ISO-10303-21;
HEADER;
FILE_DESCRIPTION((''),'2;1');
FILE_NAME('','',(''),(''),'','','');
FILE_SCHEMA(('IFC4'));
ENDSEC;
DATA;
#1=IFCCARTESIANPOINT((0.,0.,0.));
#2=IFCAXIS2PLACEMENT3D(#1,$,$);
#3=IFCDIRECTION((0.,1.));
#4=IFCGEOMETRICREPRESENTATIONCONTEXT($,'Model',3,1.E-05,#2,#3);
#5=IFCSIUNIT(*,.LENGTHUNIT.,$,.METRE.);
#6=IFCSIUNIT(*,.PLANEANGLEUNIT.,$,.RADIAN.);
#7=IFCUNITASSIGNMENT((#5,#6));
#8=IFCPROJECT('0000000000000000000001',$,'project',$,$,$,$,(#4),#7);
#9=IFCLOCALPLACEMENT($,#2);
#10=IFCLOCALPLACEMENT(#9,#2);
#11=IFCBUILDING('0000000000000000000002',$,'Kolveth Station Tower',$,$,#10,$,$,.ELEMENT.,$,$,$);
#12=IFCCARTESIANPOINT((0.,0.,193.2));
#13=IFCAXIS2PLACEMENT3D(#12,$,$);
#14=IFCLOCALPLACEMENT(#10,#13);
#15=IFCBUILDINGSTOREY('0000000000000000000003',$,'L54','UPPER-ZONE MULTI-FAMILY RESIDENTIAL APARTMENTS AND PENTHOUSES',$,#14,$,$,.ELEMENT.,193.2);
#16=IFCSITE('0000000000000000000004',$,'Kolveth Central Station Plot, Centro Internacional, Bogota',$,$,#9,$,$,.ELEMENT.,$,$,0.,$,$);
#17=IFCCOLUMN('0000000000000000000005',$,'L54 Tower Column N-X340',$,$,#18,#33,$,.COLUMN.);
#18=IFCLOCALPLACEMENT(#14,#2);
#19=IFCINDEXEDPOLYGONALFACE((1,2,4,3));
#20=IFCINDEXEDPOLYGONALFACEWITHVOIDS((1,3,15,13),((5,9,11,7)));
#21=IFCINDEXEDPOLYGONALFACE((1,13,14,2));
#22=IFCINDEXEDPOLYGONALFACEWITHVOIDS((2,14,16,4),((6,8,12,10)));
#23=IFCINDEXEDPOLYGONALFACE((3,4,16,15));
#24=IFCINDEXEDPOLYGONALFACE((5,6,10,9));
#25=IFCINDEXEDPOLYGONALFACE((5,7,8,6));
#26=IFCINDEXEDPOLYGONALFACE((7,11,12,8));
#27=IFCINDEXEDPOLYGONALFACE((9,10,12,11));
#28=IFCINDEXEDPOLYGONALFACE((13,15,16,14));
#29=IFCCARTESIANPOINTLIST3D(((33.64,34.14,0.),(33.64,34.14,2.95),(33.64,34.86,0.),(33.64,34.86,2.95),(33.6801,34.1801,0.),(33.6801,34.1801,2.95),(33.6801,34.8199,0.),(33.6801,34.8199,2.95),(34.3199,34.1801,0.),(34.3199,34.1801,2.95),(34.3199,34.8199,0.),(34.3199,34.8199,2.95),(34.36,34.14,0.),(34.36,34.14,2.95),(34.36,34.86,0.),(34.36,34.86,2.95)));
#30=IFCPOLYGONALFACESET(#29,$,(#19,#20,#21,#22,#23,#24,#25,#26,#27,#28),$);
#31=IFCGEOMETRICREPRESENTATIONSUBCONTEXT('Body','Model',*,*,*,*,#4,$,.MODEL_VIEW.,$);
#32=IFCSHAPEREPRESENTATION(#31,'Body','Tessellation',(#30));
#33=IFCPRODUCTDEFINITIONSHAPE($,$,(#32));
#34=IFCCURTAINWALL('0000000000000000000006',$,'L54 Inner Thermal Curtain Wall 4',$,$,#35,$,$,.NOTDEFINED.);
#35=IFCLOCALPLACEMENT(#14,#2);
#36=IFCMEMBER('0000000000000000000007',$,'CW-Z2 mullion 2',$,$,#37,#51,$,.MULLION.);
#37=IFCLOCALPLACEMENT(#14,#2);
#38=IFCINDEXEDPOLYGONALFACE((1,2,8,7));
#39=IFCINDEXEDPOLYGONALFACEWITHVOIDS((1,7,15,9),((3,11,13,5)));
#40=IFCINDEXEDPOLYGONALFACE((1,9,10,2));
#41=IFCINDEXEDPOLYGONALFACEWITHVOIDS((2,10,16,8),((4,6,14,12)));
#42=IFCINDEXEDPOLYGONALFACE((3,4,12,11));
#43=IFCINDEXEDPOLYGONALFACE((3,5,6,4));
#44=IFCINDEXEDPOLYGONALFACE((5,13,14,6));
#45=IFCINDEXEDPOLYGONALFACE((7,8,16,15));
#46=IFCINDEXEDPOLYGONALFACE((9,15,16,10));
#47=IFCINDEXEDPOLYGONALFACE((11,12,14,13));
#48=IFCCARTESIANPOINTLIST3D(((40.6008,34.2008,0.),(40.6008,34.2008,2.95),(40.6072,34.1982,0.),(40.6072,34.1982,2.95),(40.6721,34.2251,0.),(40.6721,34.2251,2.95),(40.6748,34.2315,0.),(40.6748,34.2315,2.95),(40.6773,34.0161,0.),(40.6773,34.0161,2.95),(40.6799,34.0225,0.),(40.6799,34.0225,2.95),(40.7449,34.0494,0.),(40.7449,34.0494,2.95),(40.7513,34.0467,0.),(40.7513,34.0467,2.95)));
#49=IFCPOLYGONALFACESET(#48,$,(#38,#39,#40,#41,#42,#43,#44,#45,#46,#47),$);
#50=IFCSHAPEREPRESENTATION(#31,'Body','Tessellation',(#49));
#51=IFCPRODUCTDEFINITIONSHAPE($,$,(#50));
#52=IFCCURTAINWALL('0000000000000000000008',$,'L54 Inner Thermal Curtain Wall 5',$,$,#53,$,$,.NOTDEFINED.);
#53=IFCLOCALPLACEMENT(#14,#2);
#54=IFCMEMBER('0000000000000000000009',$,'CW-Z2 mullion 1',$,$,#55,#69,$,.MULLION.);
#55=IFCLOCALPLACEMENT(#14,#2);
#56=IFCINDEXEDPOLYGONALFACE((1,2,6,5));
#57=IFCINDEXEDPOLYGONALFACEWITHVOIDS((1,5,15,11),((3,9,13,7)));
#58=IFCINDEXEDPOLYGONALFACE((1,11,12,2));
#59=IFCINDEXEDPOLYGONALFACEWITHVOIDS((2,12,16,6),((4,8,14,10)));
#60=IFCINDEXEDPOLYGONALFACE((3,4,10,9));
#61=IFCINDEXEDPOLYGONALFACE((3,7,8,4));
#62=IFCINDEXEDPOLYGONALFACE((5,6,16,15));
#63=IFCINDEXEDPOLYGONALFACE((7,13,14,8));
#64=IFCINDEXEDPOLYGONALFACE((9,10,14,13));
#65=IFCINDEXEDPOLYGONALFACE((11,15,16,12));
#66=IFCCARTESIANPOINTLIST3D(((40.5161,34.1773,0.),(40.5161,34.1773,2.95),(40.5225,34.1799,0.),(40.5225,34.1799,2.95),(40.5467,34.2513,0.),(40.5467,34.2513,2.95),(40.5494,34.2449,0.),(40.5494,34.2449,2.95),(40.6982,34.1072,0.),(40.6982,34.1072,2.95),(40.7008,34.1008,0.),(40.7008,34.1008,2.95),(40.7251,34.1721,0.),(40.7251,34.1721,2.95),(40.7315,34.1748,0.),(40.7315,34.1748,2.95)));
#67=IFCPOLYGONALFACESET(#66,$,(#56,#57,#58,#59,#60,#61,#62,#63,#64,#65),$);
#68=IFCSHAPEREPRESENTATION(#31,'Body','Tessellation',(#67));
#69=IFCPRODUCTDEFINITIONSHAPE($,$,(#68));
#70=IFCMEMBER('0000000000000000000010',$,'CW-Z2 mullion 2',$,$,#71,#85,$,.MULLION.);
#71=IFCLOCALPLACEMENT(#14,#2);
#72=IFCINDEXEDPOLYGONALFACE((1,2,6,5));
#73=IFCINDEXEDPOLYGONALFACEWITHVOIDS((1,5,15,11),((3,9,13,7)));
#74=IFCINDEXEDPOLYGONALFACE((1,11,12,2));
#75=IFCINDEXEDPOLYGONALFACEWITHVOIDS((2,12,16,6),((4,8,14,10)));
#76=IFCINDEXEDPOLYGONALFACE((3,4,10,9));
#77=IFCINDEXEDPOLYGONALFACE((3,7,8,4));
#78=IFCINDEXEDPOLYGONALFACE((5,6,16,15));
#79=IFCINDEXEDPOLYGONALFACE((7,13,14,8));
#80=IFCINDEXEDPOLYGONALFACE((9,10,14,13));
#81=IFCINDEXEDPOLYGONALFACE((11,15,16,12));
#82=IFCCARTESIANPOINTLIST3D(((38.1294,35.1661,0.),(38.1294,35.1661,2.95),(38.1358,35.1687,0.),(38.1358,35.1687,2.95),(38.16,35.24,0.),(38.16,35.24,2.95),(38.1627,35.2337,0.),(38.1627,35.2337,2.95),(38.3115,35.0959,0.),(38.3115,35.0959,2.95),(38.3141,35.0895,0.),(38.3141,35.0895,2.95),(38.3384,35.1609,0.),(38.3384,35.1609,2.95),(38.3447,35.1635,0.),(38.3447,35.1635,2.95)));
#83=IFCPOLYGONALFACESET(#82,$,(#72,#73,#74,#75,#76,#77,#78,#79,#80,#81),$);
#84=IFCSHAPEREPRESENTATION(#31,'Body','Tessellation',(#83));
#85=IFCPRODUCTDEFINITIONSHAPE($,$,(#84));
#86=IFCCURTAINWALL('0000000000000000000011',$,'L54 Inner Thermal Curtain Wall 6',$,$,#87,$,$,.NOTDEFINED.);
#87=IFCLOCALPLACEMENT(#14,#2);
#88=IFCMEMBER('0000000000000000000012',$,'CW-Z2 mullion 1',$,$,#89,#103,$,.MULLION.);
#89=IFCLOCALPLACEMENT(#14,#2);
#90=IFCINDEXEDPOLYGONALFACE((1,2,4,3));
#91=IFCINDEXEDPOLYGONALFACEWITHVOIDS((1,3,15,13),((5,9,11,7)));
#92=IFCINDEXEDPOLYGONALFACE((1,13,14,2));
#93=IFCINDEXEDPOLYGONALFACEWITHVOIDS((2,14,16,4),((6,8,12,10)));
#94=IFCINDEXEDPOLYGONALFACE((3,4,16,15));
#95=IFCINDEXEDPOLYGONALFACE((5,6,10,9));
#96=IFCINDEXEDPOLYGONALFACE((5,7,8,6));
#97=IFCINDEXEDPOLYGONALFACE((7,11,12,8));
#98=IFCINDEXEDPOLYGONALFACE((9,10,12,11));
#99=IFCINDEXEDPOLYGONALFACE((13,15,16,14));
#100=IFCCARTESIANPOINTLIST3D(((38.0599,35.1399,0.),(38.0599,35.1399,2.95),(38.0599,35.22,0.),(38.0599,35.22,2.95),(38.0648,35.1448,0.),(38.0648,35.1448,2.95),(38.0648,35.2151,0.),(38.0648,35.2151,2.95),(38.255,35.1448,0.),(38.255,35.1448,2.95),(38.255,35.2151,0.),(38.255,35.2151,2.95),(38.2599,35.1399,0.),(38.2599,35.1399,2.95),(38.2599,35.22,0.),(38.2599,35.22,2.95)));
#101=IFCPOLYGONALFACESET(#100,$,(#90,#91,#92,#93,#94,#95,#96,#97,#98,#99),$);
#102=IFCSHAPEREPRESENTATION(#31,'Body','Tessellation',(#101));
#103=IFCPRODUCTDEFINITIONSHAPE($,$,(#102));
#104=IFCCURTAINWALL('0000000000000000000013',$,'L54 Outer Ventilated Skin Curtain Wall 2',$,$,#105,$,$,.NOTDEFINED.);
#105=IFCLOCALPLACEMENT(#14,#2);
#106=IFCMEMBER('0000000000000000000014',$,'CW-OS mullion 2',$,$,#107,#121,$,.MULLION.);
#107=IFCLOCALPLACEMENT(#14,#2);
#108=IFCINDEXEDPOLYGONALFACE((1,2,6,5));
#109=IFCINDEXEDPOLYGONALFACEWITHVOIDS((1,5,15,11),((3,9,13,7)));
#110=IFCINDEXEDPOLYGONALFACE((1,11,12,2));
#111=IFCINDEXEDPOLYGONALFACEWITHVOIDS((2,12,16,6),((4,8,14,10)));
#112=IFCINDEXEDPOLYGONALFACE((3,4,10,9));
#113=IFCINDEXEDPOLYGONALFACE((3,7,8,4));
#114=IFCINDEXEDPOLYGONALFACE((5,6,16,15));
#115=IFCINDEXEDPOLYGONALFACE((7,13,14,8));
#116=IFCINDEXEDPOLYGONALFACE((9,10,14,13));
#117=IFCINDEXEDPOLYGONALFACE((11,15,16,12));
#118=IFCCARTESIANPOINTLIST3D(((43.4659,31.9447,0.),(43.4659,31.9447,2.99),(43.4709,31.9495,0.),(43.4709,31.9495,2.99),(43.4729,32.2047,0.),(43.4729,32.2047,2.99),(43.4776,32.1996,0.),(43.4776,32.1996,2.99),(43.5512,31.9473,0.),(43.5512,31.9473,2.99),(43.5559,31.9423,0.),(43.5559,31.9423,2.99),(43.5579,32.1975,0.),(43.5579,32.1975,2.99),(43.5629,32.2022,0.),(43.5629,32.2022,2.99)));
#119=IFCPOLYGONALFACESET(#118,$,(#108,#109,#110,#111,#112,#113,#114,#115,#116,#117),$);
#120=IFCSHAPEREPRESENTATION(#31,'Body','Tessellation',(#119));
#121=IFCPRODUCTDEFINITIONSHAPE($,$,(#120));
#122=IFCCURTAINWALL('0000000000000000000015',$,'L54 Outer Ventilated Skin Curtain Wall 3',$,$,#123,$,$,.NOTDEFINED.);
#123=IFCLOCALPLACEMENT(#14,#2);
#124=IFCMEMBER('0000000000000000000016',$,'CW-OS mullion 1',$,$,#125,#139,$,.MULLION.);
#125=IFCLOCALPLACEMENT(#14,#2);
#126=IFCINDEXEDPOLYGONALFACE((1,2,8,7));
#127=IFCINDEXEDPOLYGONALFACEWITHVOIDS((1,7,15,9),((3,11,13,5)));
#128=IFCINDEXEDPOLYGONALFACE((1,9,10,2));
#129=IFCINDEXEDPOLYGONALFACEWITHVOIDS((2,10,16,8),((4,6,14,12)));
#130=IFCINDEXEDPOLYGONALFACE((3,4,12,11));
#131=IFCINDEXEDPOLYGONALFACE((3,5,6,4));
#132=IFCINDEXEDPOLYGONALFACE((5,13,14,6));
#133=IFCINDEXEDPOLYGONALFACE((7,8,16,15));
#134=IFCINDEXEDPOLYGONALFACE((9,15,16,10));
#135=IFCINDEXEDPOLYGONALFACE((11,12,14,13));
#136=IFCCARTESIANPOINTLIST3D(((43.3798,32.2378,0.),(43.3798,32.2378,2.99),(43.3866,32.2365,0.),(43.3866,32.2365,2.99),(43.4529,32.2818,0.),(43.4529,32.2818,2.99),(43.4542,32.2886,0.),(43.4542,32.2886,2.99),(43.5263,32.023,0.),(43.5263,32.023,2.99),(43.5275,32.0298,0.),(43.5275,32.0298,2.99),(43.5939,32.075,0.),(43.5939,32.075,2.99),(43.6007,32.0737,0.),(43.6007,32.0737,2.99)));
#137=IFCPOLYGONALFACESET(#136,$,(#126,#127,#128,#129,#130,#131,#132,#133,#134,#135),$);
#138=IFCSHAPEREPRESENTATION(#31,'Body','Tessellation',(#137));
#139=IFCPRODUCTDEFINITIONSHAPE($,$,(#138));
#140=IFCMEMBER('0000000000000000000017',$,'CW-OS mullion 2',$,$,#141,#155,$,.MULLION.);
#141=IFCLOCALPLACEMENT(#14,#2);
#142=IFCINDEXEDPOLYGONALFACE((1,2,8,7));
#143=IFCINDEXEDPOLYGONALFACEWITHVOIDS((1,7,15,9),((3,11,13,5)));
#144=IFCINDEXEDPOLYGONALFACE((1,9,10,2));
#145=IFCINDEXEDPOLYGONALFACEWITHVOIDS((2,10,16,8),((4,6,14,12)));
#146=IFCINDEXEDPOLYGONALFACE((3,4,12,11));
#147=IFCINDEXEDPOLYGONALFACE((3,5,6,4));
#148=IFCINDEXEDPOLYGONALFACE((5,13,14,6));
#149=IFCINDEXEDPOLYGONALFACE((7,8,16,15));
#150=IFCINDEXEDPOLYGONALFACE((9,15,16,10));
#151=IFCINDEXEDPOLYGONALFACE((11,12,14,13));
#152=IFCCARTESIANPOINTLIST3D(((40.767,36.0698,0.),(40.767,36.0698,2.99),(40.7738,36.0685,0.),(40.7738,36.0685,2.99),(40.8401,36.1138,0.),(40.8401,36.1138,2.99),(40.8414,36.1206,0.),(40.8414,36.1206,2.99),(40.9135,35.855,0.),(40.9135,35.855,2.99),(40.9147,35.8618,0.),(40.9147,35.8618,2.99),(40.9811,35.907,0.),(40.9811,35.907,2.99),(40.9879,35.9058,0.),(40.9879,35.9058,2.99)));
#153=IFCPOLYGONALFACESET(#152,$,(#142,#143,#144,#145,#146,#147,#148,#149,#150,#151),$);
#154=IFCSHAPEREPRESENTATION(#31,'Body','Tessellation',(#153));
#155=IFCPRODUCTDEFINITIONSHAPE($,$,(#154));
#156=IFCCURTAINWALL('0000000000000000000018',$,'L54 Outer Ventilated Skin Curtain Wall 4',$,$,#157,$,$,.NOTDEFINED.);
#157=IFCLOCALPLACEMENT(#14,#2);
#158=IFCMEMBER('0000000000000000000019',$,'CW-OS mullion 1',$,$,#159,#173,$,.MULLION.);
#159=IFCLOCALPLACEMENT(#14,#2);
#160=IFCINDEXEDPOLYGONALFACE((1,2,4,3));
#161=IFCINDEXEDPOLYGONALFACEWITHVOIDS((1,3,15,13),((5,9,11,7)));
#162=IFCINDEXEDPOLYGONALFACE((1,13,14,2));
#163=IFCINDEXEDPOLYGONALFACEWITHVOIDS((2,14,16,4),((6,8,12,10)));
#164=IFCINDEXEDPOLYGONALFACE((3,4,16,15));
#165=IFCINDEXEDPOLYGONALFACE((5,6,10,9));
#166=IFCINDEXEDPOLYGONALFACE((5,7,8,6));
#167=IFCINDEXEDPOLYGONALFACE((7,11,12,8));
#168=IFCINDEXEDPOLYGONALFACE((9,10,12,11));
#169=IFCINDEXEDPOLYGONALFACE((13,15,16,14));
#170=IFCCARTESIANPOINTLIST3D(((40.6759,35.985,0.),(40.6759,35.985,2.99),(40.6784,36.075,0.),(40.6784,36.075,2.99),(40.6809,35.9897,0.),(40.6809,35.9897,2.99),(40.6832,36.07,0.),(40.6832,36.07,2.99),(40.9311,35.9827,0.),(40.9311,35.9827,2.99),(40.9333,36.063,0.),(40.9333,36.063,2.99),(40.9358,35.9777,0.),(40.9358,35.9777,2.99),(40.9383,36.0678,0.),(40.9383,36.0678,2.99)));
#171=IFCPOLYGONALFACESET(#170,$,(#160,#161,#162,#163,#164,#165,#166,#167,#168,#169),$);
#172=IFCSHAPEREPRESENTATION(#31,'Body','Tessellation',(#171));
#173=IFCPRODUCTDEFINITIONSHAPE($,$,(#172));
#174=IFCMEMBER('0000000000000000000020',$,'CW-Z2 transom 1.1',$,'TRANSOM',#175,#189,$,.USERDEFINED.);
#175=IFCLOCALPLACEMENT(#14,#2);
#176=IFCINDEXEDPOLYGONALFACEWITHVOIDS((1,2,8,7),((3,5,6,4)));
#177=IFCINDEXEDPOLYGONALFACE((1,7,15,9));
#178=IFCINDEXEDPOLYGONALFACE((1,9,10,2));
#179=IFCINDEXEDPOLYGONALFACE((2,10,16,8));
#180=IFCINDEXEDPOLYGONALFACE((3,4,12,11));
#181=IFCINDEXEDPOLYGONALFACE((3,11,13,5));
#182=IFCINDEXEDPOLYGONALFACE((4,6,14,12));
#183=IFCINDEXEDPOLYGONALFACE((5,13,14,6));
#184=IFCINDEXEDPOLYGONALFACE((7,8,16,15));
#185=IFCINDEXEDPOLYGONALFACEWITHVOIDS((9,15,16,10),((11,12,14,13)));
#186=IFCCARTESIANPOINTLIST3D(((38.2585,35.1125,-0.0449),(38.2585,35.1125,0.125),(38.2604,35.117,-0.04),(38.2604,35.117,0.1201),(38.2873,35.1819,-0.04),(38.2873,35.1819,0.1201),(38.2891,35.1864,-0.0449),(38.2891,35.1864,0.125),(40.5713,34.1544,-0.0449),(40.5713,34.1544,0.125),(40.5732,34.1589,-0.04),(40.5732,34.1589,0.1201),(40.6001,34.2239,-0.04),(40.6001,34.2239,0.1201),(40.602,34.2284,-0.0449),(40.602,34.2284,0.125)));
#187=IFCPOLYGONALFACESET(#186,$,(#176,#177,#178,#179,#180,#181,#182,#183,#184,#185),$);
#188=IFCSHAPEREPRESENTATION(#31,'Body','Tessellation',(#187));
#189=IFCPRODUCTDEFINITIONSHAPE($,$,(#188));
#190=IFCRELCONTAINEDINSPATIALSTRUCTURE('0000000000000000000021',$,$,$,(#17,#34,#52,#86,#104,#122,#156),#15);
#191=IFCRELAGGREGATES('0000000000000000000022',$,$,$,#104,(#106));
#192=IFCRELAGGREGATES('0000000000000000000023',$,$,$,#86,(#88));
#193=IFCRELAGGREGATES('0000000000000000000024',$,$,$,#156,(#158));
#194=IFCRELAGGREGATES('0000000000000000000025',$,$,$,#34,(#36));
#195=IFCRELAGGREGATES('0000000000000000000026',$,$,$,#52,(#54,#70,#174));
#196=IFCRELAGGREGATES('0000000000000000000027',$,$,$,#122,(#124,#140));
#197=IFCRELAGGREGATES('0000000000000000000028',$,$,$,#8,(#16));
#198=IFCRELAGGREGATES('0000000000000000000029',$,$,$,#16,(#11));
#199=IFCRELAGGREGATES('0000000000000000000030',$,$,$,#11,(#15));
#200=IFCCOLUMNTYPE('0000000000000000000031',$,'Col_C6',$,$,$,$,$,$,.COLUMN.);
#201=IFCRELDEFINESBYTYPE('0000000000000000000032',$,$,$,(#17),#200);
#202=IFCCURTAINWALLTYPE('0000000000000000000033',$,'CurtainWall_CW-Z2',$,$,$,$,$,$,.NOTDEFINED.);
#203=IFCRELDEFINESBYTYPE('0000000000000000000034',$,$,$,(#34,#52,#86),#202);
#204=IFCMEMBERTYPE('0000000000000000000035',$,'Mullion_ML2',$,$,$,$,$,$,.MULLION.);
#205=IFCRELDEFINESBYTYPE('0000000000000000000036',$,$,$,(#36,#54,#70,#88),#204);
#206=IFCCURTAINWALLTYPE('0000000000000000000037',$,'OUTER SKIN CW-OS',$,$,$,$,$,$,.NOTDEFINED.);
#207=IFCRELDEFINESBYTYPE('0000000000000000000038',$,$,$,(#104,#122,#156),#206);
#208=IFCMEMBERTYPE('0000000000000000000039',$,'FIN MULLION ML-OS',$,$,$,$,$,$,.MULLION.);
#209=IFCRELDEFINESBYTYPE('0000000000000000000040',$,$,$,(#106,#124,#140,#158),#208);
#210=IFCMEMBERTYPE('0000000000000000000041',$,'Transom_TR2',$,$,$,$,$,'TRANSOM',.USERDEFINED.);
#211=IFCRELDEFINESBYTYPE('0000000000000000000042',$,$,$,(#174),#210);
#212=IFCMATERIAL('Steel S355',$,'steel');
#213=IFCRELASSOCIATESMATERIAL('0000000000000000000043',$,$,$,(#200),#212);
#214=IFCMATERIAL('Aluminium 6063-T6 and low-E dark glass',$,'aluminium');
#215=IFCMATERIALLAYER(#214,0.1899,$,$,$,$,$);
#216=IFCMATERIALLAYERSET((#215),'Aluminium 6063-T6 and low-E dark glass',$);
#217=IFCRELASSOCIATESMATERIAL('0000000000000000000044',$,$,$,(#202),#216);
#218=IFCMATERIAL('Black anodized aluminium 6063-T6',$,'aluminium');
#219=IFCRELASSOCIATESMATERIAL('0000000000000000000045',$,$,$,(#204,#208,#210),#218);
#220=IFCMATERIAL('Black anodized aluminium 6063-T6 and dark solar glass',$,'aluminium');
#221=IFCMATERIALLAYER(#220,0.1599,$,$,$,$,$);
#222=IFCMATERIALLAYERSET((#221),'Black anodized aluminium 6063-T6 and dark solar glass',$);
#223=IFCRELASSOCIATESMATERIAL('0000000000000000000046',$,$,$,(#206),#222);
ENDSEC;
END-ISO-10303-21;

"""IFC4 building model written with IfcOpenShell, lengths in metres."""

from ifc_helpers import new_model, si_unit, direction, frame, origin, origin_2d, place, context, subcontext, project, spatial, hollow_rectangle, extrude, source, transform, mapped, material, layer, layer_set, material_profile, profile_set, type_object, element, aggregate, save


model = new_model("IFC4")

# Units and contexts
model_context = context("Model", 3, precision=1e-05, world=origin(), true_north=direction((0.0, 1.0)))
body_context = subcontext(model_context, "Body", "Model", "MODEL_VIEW")
ifc_project = project(units=[si_unit("LENGTHUNIT", "METRE"), si_unit("PLANEANGLEUNIT", "RADIAN")], contexts=[model_context])

# Site, building, storey
site_placement = place(None, origin())
site = spatial("IfcSite", under=ifc_project, at=site_placement, Name="Kolveth Central Station Plot, Centro Internacional, Bogota", CompositionType="ELEMENT", RefElevation=0.0)
building_placement = place(site_placement, origin())
building = spatial("IfcBuilding", under=site, at=building_placement, Name="Kolveth Station Tower", CompositionType="ELEMENT")
storey_placement = place(building_placement, frame((0.0, 0.0, 193.2)))
storey = spatial("IfcBuildingStorey", under=building, at=storey_placement, Name="L54", Description="UPPER-ZONE MULTI-FAMILY RESIDENTIAL APARTMENTS AND PENTHOUSES", CompositionType="ELEMENT", Elevation=193.2)

# Column
ifc_material_1 = material(Name="Steel S355", Category="steel")
ifc_material_profile_1 = material_profile(ifc_material_1, hollow_rectangle(XDim=0.72, YDim=0.72, WallThickness=0.04, at=origin_2d()), Name="BOX720x720x40")
ifc_profile_set_1 = profile_set([ifc_material_profile_1], Name="Steel S355")
column_type = type_object("IfcColumnType", Name="Col_C6", PredefinedType="COLUMN", material=ifc_profile_set_1)
shared_shape_1 = source(origin(), body_context, "Body", "SweptSolid", [
    extrude(hollow_rectangle(XDim=0.72, YDim=0.72, WallThickness=0.04, at=origin_2d()), origin(), (0.0, 0.0, 1.0), 2.95),
])
column_placement = place(storey_placement, frame((34.0, 34.5, 0.0), z_axis=(0.0, 0.0, 1.0), x_axis=(1.0, 0.0, 0.0)))
element("IfcColumn", 1, at=column_placement, inside=storey, type_object=column_type, Name="L54 Tower Column N-X340", PredefinedType="COLUMN", context=body_context, shape_type="MappedRepresentation", body=[
    mapped(shared_shape_1, transform((0.0, 0.0, 0.0), x_axis=(1.0, 0.0, 0.0), y_axis=(0.0, 1.0, 0.0), z_axis=(0.0, 0.0, 1.0), scale=1.0)),
])

# Curtain wall, member
ifc_material_2 = material(Name="Aluminium 6063-T6 and low-E dark glass", Category="aluminium")
ifc_layer_1 = layer(ifc_material_2, 0.1899)
ifc_layer_set_1 = layer_set([ifc_layer_1], Name="Aluminium 6063-T6 and low-E dark glass")
curtain_wall_type_1 = type_object("IfcCurtainWallType", Name="CurtainWall_CW-Z2", PredefinedType="NOTDEFINED", material=ifc_layer_set_1)
curtain_wall_1_placement = place(storey_placement, origin())
curtain_wall_1 = element("IfcCurtainWall", 2, at=curtain_wall_1_placement, inside=storey, type_object=curtain_wall_type_1, Name="L54 Inner Thermal Curtain Wall 4", PredefinedType="NOTDEFINED")
ifc_material_3 = material(Name="Black anodized aluminium 6063-T6", Category="aluminium")
ifc_material_profile_2 = material_profile(ifc_material_3, hollow_rectangle(XDim=0.0801, YDim=0.2, WallThickness=0.0049, at=origin_2d()), Name="ALU-80x200x5")
ifc_profile_set_2 = profile_set([ifc_material_profile_2], Name="Black anodized aluminium 6063-T6")
member_type_1 = type_object("IfcMemberType", Name="Mullion_ML2", PredefinedType="MULLION", material=ifc_profile_set_2)
shared_shape_2 = source(origin(), body_context, "Body", "SweptSolid", [
    extrude(hollow_rectangle(XDim=0.0801, YDim=0.2, WallThickness=0.0049, at=origin_2d()), origin(), (0.0, 0.0, 1.0), 2.95),
])
member_1_placement = place(storey_placement, frame((40.676, 34.1238, 0.0), z_axis=(0.0, 0.0, 1.0), x_axis=(-0.923874, -0.382698, 0.0)))
member_1 = element("IfcMember", 3, at=member_1_placement, type_object=member_type_1, Name="CW-Z2 mullion 2", PredefinedType="MULLION", context=body_context, shape_type="MappedRepresentation", body=[
    mapped(shared_shape_2, transform((0.0, 0.0, 0.0), x_axis=(1.0, 0.0, 0.0), y_axis=(0.0, 1.0, 0.0), z_axis=(0.0, 0.0, 1.0), scale=1.0)),
])

# Curtain wall, members
curtain_wall_2_placement = place(storey_placement, origin())
curtain_wall_2 = element("IfcCurtainWall", 4, at=curtain_wall_2_placement, inside=storey, type_object=curtain_wall_type_1, Name="L54 Inner Thermal Curtain Wall 5", PredefinedType="NOTDEFINED")
member_2_placement = place(storey_placement, frame((40.6238, 34.176, 0.0), z_axis=(0.0, 0.0, 1.0), x_axis=(-0.382698, -0.923874, 0.0)))
member_2 = element("IfcMember", 5, at=member_2_placement, type_object=member_type_1, Name="CW-Z2 mullion 1", PredefinedType="MULLION", context=body_context, shape_type="MappedRepresentation", body=[
    mapped(shared_shape_2, transform((0.0, 0.0, 0.0), x_axis=(1.0, 0.0, 0.0), y_axis=(0.0, 1.0, 0.0), z_axis=(0.0, 0.0, 1.0), scale=1.0)),
])
member_3_placement = place(storey_placement, frame((38.2371, 35.1648, 0.0), z_axis=(0.0, 0.0, 1.0), x_axis=(-0.382698, -0.923874, 0.0)))
member_3 = element("IfcMember", 6, at=member_3_placement, type_object=member_type_1, Name="CW-Z2 mullion 2", PredefinedType="MULLION", context=body_context, shape_type="MappedRepresentation", body=[
    mapped(shared_shape_2, transform((0.0, 0.0, 0.0), x_axis=(1.0, 0.0, 0.0), y_axis=(0.0, 1.0, 0.0), z_axis=(0.0, 0.0, 1.0), scale=1.0)),
])

# Curtain walls, members
curtain_wall_3_placement = place(storey_placement, origin())
curtain_wall_3 = element("IfcCurtainWall", 7, at=curtain_wall_3_placement, inside=storey, type_object=curtain_wall_type_1, Name="L54 Inner Thermal Curtain Wall 6", PredefinedType="NOTDEFINED")
member_4_placement = place(storey_placement, frame((38.1599, 35.1799, 0.0), z_axis=(0.0, 0.0, 1.0), x_axis=(0.0, -1.0, 0.0)))
member_4 = element("IfcMember", 8, at=member_4_placement, type_object=member_type_1, Name="CW-Z2 mullion 1", PredefinedType="MULLION", context=body_context, shape_type="MappedRepresentation", body=[
    mapped(shared_shape_2, transform((0.0, 0.0, 0.0), x_axis=(1.0, 0.0, 0.0), y_axis=(0.0, 1.0, 0.0), z_axis=(0.0, 0.0, 1.0), scale=1.0)),
])
ifc_material_4 = material(Name="Black anodized aluminium 6063-T6 and dark solar glass", Category="aluminium")
ifc_layer_2 = layer(ifc_material_4, 0.1599)
ifc_layer_set_2 = layer_set([ifc_layer_2], Name="Black anodized aluminium 6063-T6 and dark solar glass")
curtain_wall_type_2 = type_object("IfcCurtainWallType", Name="OUTER SKIN CW-OS", PredefinedType="NOTDEFINED", material=ifc_layer_set_2)
curtain_wall_4_placement = place(storey_placement, origin())
curtain_wall_4 = element("IfcCurtainWall", 9, at=curtain_wall_4_placement, inside=storey, type_object=curtain_wall_type_2, Name="L54 Outer Ventilated Skin Curtain Wall 2", PredefinedType="NOTDEFINED")
ifc_material_profile_3 = material_profile(ifc_material_3, hollow_rectangle(XDim=0.0901, YDim=0.26, WallThickness=0.0049, at=origin_2d()), Name="ALU-90x260x5")
ifc_profile_set_3 = profile_set([ifc_material_profile_3], Name="Black anodized aluminium 6063-T6")
member_type_2 = type_object("IfcMemberType", Name="FIN MULLION ML-OS", PredefinedType="MULLION", material=ifc_profile_set_3)
shared_shape_3 = source(origin(), body_context, "Body", "SweptSolid", [
    extrude(hollow_rectangle(XDim=0.0901, YDim=0.26, WallThickness=0.0049, at=origin_2d()), origin(), (0.0, 0.0, 1.0), 2.99),
])
member_5_placement = place(storey_placement, frame((43.5144, 32.0735, 0.0), z_axis=(0.0, 0.0, 1.0), x_axis=(-0.999637, 0.026946, 0.0)))
member_5 = element("IfcMember", 10, at=member_5_placement, type_object=member_type_2, Name="CW-OS mullion 2", PredefinedType="MULLION", context=body_context, shape_type="MappedRepresentation", body=[
    mapped(shared_shape_3, transform((0.0, 0.0, 0.0), x_axis=(1.0, 0.0, 0.0), y_axis=(0.0, 1.0, 0.0), z_axis=(0.0, 0.0, 1.0), scale=1.0)),
])
aggregate(curtain_wall_4, [member_5])

# Curtain wall, members
curtain_wall_5_placement = place(storey_placement, origin())
curtain_wall_5 = element("IfcCurtainWall", 11, at=curtain_wall_5_placement, inside=storey, type_object=curtain_wall_type_2, Name="L54 Outer Ventilated Skin Curtain Wall 3", PredefinedType="NOTDEFINED")
member_6_placement = place(storey_placement, frame((43.4902, 32.1558, 0.0), z_axis=(0.0, 0.0, 1.0), x_axis=(-0.82623, -0.563334, 0.0)))
member_6 = element("IfcMember", 12, at=member_6_placement, type_object=member_type_2, Name="CW-OS mullion 1", PredefinedType="MULLION", context=body_context, shape_type="MappedRepresentation", body=[
    mapped(shared_shape_3, transform((0.0, 0.0, 0.0), x_axis=(1.0, 0.0, 0.0), y_axis=(0.0, 1.0, 0.0), z_axis=(0.0, 0.0, 1.0), scale=1.0)),
])
member_7_placement = place(storey_placement, frame((40.8774, 35.9878, 0.0), z_axis=(0.0, 0.0, 1.0), x_axis=(-0.82623, -0.563334, 0.0)))
member_7 = element("IfcMember", 13, at=member_7_placement, type_object=member_type_2, Name="CW-OS mullion 2", PredefinedType="MULLION", context=body_context, shape_type="MappedRepresentation", body=[
    mapped(shared_shape_3, transform((0.0, 0.0, 0.0), x_axis=(1.0, 0.0, 0.0), y_axis=(0.0, 1.0, 0.0), z_axis=(0.0, 0.0, 1.0), scale=1.0)),
])

# Curtain wall, member
curtain_wall_6_placement = place(storey_placement, origin())
curtain_wall_6 = element("IfcCurtainWall", 14, at=curtain_wall_6_placement, inside=storey, type_object=curtain_wall_type_2, Name="L54 Outer Ventilated Skin Curtain Wall 4", PredefinedType="NOTDEFINED")
member_8_placement = place(storey_placement, frame((40.8071, 36.0264, 0.0), z_axis=(0.0, 0.0, 1.0), x_axis=(-0.027822, -0.999613, 0.0)))
member_8 = element("IfcMember", 15, at=member_8_placement, type_object=member_type_2, Name="CW-OS mullion 1", PredefinedType="MULLION", context=body_context, shape_type="MappedRepresentation", body=[
    mapped(shared_shape_3, transform((0.0, 0.0, 0.0), x_axis=(1.0, 0.0, 0.0), y_axis=(0.0, 1.0, 0.0), z_axis=(0.0, 0.0, 1.0), scale=1.0)),
])

# Member
ifc_material_profile_4 = material_profile(ifc_material_3, hollow_rectangle(XDim=0.0801, YDim=0.1699, WallThickness=0.0049, at=origin_2d()), Name="ALU-80x170x5")
ifc_profile_set_4 = profile_set([ifc_material_profile_4], Name="Black anodized aluminium 6063-T6")
member_type_3 = type_object("IfcMemberType", Name="Transom_TR2", ElementType="TRANSOM", PredefinedType="USERDEFINED", material=ifc_profile_set_4)
shared_shape_4 = source(origin(), body_context, "Body", "SweptSolid", [
    extrude(hollow_rectangle(XDim=0.0801, YDim=0.1699, WallThickness=0.0049, at=origin_2d()), origin(), (0.0, 0.0, 1.0), 2.5034),
])
member_9_placement = place(storey_placement, frame((40.5867, 34.1914, 0.04), z_axis=(-0.923874, 0.382696, 0.0), x_axis=(-0.382696, -0.923874, 0.0)))
member_9 = element("IfcMember", 16, at=member_9_placement, type_object=member_type_3, Name="CW-Z2 transom 1.1", ObjectType="TRANSOM", PredefinedType="USERDEFINED", context=body_context, shape_type="MappedRepresentation", body=[
    mapped(shared_shape_4, transform((0.0, 0.0, 0.0), x_axis=(1.0, 0.0, 0.0), y_axis=(0.0, 1.0, 0.0), z_axis=(0.0, 0.0, 1.0), scale=1.0)),
])
aggregate(curtain_wall_3, [member_4])
aggregate(curtain_wall_6, [member_8])

aggregate(curtain_wall_1, [member_1])
aggregate(curtain_wall_2, [member_2, member_3, member_9])
aggregate(curtain_wall_5, [member_6, member_7])

save(model, "model.ifc")
